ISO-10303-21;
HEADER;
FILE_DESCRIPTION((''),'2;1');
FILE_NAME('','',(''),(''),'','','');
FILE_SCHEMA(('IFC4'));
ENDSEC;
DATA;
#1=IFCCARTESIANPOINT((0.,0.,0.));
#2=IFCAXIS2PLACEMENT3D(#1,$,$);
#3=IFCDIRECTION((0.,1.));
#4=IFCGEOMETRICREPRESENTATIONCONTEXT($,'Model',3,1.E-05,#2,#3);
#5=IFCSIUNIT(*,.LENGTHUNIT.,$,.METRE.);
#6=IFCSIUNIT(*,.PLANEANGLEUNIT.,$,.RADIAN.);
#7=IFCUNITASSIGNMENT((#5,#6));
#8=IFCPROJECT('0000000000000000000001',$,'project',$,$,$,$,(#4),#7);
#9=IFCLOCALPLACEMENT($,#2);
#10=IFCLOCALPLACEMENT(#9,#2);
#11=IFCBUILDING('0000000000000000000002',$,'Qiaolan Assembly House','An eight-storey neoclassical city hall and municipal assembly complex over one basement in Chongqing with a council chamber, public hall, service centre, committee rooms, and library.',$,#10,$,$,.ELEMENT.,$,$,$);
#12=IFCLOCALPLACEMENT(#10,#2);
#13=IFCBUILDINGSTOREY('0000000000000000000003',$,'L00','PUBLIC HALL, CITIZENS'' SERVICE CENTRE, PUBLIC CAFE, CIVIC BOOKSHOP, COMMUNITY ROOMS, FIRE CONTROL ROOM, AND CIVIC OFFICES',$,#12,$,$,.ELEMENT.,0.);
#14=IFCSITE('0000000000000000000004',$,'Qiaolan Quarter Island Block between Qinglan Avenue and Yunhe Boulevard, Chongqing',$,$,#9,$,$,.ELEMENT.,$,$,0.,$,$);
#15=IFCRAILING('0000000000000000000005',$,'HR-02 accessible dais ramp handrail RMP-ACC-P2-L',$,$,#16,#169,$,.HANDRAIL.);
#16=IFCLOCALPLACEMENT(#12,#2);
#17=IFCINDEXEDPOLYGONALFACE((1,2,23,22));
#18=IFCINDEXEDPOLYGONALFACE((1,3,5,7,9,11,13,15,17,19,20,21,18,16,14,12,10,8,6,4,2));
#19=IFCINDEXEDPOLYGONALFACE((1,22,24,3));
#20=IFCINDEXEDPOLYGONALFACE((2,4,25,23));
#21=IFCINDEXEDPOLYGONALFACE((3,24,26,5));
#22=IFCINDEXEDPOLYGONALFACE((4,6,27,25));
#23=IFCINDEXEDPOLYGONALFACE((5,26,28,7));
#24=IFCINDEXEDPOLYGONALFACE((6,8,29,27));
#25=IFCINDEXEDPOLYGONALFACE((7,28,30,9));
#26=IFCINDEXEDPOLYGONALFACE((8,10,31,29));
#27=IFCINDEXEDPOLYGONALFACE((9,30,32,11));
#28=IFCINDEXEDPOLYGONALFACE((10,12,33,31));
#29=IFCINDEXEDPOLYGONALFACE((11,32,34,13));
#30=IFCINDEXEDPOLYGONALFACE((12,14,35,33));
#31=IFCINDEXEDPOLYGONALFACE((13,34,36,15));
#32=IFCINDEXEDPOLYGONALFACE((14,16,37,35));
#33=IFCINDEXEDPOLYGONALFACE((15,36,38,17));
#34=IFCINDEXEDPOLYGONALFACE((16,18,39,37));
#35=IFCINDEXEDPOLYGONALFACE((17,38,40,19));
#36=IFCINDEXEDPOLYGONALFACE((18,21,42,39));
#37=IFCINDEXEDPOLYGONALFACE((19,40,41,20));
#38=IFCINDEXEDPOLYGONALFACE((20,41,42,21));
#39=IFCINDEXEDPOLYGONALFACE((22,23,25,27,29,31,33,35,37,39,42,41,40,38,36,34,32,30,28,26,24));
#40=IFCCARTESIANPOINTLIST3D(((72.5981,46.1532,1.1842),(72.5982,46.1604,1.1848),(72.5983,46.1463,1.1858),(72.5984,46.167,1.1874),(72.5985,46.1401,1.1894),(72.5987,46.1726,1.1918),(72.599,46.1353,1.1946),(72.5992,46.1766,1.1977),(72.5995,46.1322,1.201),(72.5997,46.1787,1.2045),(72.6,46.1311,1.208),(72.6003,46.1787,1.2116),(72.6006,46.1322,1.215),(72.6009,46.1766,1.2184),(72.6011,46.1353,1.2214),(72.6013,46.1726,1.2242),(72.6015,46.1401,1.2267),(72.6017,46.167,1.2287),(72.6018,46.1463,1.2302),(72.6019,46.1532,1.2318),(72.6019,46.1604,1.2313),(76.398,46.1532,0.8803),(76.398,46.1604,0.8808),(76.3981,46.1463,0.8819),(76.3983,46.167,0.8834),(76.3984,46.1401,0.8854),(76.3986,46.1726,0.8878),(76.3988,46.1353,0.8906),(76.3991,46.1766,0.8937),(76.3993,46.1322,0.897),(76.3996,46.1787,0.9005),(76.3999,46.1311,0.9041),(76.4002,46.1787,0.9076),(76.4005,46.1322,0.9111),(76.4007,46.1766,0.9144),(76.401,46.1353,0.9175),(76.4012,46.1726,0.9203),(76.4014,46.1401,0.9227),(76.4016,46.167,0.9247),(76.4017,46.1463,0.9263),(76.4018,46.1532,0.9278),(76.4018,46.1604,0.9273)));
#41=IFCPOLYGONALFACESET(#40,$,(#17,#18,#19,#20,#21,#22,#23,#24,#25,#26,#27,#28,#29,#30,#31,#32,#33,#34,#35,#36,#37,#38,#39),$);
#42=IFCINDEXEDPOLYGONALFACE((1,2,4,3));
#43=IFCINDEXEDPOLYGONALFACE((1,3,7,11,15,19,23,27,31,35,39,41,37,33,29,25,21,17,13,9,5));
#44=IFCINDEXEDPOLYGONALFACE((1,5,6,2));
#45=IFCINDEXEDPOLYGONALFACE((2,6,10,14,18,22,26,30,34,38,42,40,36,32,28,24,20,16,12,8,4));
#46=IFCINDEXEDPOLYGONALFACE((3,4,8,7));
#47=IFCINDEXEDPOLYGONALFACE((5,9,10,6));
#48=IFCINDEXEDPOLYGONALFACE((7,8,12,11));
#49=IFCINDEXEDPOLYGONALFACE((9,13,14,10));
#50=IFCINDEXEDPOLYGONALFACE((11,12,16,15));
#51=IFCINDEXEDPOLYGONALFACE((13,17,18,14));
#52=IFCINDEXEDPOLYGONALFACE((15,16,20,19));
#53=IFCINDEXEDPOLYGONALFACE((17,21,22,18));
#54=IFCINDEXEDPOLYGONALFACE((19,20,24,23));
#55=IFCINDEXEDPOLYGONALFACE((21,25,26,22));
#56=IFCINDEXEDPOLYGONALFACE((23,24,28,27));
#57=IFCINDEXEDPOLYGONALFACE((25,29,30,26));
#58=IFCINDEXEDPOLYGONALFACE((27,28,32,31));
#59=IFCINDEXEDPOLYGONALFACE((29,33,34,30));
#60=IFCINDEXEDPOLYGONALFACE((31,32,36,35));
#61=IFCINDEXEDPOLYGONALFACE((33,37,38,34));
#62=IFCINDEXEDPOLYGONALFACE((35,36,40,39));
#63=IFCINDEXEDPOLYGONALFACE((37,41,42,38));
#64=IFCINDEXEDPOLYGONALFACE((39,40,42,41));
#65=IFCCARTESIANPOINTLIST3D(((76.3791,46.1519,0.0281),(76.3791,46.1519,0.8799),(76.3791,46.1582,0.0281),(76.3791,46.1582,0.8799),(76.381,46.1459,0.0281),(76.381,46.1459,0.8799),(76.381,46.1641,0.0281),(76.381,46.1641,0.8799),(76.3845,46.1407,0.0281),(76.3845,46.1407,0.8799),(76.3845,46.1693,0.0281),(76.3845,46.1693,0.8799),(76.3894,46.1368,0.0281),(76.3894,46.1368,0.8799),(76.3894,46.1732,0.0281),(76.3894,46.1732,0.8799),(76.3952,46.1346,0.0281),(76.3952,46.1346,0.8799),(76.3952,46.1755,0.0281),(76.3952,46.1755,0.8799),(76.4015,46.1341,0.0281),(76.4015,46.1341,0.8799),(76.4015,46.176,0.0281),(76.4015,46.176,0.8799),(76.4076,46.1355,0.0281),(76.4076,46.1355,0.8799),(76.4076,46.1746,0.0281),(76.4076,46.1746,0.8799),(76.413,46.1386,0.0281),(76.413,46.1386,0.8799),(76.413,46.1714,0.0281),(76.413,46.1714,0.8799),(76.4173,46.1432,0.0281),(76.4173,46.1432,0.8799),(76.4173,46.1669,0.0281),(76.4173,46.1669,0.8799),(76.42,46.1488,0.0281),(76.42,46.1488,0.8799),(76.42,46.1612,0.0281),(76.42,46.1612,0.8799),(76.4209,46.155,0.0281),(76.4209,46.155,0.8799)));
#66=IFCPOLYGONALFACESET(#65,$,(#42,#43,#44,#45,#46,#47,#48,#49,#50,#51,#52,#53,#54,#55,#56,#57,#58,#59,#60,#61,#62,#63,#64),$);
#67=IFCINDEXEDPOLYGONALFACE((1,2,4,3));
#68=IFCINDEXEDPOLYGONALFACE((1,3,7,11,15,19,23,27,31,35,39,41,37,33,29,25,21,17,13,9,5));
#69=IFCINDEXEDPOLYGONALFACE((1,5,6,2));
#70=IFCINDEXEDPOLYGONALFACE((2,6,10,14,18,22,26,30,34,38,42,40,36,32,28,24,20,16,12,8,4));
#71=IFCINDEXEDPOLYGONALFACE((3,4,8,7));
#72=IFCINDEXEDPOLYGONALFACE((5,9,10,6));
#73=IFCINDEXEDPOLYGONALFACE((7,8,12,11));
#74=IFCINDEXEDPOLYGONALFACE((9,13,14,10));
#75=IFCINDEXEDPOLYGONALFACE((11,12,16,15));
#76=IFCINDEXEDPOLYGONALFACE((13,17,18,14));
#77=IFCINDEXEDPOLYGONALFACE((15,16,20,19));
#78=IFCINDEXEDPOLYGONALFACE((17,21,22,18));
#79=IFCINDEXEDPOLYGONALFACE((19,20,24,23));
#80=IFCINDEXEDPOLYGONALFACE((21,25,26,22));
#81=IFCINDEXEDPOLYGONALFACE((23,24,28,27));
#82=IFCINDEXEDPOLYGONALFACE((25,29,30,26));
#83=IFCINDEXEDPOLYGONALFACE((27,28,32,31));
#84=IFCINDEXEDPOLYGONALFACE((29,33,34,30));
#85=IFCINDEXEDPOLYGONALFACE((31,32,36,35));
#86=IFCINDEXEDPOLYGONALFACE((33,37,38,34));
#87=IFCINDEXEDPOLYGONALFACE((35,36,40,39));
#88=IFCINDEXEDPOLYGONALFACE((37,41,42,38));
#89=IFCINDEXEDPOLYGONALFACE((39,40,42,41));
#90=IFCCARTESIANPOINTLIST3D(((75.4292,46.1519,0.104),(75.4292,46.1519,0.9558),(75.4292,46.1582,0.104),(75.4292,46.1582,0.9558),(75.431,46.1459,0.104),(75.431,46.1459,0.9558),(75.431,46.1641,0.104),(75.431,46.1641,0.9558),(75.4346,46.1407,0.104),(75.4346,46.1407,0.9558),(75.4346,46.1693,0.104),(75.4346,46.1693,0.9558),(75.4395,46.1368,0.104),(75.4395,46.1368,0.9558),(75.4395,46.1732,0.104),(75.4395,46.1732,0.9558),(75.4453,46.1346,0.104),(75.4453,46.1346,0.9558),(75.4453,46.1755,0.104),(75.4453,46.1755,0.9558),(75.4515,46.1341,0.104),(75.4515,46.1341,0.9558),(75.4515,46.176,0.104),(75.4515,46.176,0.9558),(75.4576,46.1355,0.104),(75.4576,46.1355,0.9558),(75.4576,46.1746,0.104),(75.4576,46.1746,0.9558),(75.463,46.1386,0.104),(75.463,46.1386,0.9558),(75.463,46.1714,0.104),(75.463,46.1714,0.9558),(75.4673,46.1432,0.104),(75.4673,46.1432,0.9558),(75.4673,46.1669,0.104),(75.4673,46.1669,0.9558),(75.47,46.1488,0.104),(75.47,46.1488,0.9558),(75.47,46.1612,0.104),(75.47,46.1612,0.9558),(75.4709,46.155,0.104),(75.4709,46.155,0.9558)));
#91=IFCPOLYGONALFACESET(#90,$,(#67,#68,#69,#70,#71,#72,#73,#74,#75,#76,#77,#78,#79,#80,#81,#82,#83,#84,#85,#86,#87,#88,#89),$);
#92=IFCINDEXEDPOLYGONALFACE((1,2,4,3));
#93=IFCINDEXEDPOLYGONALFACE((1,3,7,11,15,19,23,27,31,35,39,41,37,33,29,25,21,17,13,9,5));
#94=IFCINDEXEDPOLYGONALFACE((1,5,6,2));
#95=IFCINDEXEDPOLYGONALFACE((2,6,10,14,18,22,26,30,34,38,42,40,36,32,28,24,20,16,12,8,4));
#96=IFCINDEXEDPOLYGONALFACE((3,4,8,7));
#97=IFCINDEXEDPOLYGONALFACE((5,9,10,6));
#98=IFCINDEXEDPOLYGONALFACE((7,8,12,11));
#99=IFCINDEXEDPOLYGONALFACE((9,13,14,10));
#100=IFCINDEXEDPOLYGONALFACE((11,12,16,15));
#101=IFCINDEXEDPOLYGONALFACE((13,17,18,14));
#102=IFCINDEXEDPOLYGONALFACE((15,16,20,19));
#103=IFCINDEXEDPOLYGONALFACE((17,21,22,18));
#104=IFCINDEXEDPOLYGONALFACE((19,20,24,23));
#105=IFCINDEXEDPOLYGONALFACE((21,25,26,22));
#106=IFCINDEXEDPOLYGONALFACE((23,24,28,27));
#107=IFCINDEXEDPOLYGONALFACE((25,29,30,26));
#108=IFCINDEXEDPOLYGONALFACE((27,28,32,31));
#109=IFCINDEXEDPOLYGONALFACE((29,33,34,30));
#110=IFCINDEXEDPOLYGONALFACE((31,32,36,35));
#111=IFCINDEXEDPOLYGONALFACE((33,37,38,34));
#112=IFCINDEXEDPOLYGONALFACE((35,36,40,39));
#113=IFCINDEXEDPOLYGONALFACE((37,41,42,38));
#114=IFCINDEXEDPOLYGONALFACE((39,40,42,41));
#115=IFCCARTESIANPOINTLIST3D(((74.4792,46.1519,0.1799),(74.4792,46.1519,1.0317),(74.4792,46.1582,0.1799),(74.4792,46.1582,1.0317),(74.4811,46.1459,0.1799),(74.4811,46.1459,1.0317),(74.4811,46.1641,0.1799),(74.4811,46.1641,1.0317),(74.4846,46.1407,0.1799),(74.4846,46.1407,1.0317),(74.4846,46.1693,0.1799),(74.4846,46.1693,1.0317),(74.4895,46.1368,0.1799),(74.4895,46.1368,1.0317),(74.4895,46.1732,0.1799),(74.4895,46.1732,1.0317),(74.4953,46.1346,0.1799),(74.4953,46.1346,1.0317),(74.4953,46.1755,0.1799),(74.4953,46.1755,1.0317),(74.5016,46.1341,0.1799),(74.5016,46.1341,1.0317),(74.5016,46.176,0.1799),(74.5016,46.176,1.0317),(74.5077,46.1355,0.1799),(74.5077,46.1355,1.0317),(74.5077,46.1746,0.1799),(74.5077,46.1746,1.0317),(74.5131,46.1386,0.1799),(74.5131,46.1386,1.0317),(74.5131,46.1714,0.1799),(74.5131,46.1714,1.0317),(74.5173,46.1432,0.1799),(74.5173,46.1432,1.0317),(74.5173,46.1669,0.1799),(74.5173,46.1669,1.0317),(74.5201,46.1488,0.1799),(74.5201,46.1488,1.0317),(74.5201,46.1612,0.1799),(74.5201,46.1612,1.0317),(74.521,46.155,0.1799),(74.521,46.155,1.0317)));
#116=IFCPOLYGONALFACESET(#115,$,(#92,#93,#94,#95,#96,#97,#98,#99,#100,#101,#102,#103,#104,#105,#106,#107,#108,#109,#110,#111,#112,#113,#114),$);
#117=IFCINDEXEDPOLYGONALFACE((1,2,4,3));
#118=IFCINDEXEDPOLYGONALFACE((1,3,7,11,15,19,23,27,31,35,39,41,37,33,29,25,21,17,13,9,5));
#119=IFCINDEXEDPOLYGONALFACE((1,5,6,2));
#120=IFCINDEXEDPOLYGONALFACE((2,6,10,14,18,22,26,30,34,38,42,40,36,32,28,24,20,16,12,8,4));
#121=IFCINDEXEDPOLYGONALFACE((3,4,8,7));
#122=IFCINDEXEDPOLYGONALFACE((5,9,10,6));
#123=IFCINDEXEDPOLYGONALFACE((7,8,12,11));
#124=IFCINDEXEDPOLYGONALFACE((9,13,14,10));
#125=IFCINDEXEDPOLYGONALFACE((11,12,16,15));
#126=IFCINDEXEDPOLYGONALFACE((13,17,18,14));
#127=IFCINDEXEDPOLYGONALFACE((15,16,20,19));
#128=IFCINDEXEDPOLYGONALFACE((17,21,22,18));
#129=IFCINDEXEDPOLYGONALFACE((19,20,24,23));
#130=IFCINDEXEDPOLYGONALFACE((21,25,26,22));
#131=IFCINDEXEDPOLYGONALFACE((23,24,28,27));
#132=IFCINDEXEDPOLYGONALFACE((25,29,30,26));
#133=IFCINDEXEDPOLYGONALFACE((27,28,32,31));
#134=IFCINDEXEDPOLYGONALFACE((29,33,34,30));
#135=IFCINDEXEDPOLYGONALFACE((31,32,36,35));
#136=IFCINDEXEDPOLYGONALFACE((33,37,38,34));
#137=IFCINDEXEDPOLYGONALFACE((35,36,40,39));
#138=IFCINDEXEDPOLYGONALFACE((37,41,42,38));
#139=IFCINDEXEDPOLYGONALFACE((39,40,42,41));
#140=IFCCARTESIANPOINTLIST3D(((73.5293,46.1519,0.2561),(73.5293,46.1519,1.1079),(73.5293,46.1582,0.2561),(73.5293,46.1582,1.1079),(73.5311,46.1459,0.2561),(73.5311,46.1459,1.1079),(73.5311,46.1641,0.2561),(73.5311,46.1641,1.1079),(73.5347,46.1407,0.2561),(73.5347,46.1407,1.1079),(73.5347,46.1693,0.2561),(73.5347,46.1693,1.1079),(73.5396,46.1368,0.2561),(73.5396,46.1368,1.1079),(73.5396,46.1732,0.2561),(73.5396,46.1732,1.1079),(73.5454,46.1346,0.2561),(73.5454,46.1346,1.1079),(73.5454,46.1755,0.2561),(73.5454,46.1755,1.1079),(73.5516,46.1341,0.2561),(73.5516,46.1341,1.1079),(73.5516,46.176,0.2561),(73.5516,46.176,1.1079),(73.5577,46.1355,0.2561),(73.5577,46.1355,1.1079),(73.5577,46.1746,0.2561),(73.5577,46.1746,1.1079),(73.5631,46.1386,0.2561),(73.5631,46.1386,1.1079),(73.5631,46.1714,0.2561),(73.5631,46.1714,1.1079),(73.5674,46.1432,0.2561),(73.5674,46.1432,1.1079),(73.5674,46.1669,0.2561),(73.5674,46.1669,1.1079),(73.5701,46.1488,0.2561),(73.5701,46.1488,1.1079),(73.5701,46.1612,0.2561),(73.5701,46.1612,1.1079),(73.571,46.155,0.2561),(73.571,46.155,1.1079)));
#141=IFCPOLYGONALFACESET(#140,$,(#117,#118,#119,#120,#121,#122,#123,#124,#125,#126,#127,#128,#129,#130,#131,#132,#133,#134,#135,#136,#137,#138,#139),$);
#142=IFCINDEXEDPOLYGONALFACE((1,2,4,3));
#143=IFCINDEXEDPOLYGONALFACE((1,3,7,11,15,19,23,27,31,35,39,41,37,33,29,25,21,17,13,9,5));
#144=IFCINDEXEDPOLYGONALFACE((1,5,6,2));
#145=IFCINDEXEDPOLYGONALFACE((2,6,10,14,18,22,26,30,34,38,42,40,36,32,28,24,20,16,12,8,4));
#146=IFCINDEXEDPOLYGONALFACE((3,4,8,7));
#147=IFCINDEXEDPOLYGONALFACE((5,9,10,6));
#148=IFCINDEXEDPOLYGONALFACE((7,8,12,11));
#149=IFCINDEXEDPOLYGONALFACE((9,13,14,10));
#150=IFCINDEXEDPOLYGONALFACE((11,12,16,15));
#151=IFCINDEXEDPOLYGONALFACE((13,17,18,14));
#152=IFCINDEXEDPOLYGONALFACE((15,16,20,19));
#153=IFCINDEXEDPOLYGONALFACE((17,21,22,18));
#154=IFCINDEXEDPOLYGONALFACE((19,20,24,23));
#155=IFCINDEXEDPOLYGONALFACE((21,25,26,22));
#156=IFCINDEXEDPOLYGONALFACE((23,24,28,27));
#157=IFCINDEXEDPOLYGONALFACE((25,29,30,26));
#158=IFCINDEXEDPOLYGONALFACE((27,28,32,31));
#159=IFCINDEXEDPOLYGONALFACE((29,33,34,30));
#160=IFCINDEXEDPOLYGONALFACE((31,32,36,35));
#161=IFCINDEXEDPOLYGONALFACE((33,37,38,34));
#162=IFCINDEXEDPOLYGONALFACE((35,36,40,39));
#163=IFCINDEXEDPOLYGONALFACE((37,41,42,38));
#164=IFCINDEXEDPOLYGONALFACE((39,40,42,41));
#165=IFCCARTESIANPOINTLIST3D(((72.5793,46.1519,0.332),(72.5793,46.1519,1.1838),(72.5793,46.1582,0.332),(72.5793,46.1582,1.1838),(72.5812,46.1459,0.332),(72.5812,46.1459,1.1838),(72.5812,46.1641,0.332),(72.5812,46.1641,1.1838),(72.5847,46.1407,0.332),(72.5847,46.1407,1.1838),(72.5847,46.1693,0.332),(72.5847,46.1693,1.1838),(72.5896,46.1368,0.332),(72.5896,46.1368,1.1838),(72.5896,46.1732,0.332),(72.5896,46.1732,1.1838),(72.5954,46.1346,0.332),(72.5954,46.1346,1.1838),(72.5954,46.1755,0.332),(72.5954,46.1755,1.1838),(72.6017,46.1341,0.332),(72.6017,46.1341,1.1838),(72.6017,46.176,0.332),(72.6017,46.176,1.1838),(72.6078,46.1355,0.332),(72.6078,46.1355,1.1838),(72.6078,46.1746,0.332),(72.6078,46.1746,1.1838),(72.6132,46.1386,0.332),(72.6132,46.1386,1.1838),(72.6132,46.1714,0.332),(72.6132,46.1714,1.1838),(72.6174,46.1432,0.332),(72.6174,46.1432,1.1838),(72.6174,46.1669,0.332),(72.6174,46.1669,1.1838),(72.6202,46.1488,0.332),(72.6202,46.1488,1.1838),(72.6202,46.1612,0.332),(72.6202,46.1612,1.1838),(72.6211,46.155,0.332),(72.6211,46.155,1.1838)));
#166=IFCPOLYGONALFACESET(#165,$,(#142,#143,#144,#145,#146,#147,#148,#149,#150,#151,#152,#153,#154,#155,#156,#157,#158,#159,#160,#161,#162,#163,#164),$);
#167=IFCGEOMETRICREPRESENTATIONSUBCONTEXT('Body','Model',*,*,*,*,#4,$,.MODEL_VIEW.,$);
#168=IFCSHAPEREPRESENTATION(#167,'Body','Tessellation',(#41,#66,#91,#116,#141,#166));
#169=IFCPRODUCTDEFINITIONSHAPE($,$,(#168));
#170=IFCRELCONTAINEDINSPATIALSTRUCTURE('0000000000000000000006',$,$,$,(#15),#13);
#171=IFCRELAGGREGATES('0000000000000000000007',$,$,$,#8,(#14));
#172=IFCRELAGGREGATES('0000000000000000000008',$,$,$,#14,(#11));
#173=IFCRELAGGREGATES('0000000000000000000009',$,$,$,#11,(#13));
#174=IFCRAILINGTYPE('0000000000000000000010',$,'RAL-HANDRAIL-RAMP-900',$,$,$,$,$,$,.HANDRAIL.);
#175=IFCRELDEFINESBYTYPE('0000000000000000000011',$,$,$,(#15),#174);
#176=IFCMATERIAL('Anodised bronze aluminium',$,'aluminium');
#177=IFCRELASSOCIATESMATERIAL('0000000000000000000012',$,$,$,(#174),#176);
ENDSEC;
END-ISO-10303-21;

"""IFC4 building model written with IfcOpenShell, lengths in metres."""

from ifc_helpers import new_model, si_unit, direction, frame, origin, origin_2d, place, context, subcontext, project, spatial, circle, extrude, material, type_object, element, save


model = new_model("IFC4")

# Units and contexts
model_context = context("Model", 3, precision=1e-05, world=origin(), true_north=direction((0.0, 1.0)))
body_context = subcontext(model_context, "Body", "Model", "MODEL_VIEW")
ifc_project = project(units=[si_unit("LENGTHUNIT", "METRE"), si_unit("PLANEANGLEUNIT", "RADIAN")], contexts=[model_context])

# Site, building, storey
site_placement = place(None, origin())
site = spatial("IfcSite", under=ifc_project, at=site_placement, Name="Qiaolan Quarter Island Block between Qinglan Avenue and Yunhe Boulevard, Chongqing", CompositionType="ELEMENT", RefElevation=0.0)
building_placement = place(site_placement, origin())
building = spatial("IfcBuilding", under=site, at=building_placement, Name="Qiaolan Assembly House", Description="An eight-storey neoclassical city hall and municipal assembly complex over one basement in Chongqing with a council chamber, public hall, service centre, committee rooms, and library.", CompositionType="ELEMENT")
storey_placement = place(building_placement, origin())
storey = spatial("IfcBuildingStorey", under=building, at=storey_placement, Name="L00", Description="PUBLIC HALL, CITIZENS' SERVICE CENTRE, PUBLIC CAFE, CIVIC BOOKSHOP, COMMUNITY ROOMS, FIRE CONTROL ROOM, AND CIVIC OFFICES", CompositionType="ELEMENT", Elevation=0.0)

# Shared definitions
ifc_material_1 = material(Name="Anodised bronze aluminium", Category="aluminium")

# Railing
railing_type = type_object("IfcRailingType", Name="RAL-HANDRAIL-RAMP-900", PredefinedType="HANDRAIL", material=ifc_material_1)
for number, where, name in (
    (1, (76.3999, 46.155, 0.0281), "HR-02 accessible dais ramp handrail RMP-ACC-P2-L"),
):
    element("IfcRailing", number, at=place(storey_placement, frame(where)), inside=storey, type_object=railing_type, Name=name, PredefinedType="HANDRAIL", context=body_context, shape_type="SweptSolid", body=[
        extrude(circle(Radius=0.0239, at=origin_2d()), frame((0.0, 0.0, 0.876), z_axis=(-0.996816, 0.0, 0.079738), x_axis=(0.0, -1.0, 0.0)), (0.0, 0.0, 1.0), 3.812),
        extrude(circle(Radius=0.021, at=origin_2d()), origin(), (0.0, 0.0, 1.0), 0.8518),
        extrude(circle(Radius=0.021, at=origin_2d()), frame((-0.95, 0.0, 0.0759)), (0.0, 0.0, 1.0), 0.8518),
        extrude(circle(Radius=0.021, at=origin_2d()), frame((-1.8999, 0.0, 0.1519)), (0.0, 0.0, 1.0), 0.8518),
        extrude(circle(Radius=0.021, at=origin_2d()), frame((-2.8499, 0.0, 0.228)), (0.0, 0.0, 1.0), 0.8518),
        extrude(circle(Radius=0.021, at=origin_2d()), frame((-3.7998, 0.0, 0.304)), (0.0, 0.0, 1.0), 0.8518),
    ])

save(model, "model.ifc")
